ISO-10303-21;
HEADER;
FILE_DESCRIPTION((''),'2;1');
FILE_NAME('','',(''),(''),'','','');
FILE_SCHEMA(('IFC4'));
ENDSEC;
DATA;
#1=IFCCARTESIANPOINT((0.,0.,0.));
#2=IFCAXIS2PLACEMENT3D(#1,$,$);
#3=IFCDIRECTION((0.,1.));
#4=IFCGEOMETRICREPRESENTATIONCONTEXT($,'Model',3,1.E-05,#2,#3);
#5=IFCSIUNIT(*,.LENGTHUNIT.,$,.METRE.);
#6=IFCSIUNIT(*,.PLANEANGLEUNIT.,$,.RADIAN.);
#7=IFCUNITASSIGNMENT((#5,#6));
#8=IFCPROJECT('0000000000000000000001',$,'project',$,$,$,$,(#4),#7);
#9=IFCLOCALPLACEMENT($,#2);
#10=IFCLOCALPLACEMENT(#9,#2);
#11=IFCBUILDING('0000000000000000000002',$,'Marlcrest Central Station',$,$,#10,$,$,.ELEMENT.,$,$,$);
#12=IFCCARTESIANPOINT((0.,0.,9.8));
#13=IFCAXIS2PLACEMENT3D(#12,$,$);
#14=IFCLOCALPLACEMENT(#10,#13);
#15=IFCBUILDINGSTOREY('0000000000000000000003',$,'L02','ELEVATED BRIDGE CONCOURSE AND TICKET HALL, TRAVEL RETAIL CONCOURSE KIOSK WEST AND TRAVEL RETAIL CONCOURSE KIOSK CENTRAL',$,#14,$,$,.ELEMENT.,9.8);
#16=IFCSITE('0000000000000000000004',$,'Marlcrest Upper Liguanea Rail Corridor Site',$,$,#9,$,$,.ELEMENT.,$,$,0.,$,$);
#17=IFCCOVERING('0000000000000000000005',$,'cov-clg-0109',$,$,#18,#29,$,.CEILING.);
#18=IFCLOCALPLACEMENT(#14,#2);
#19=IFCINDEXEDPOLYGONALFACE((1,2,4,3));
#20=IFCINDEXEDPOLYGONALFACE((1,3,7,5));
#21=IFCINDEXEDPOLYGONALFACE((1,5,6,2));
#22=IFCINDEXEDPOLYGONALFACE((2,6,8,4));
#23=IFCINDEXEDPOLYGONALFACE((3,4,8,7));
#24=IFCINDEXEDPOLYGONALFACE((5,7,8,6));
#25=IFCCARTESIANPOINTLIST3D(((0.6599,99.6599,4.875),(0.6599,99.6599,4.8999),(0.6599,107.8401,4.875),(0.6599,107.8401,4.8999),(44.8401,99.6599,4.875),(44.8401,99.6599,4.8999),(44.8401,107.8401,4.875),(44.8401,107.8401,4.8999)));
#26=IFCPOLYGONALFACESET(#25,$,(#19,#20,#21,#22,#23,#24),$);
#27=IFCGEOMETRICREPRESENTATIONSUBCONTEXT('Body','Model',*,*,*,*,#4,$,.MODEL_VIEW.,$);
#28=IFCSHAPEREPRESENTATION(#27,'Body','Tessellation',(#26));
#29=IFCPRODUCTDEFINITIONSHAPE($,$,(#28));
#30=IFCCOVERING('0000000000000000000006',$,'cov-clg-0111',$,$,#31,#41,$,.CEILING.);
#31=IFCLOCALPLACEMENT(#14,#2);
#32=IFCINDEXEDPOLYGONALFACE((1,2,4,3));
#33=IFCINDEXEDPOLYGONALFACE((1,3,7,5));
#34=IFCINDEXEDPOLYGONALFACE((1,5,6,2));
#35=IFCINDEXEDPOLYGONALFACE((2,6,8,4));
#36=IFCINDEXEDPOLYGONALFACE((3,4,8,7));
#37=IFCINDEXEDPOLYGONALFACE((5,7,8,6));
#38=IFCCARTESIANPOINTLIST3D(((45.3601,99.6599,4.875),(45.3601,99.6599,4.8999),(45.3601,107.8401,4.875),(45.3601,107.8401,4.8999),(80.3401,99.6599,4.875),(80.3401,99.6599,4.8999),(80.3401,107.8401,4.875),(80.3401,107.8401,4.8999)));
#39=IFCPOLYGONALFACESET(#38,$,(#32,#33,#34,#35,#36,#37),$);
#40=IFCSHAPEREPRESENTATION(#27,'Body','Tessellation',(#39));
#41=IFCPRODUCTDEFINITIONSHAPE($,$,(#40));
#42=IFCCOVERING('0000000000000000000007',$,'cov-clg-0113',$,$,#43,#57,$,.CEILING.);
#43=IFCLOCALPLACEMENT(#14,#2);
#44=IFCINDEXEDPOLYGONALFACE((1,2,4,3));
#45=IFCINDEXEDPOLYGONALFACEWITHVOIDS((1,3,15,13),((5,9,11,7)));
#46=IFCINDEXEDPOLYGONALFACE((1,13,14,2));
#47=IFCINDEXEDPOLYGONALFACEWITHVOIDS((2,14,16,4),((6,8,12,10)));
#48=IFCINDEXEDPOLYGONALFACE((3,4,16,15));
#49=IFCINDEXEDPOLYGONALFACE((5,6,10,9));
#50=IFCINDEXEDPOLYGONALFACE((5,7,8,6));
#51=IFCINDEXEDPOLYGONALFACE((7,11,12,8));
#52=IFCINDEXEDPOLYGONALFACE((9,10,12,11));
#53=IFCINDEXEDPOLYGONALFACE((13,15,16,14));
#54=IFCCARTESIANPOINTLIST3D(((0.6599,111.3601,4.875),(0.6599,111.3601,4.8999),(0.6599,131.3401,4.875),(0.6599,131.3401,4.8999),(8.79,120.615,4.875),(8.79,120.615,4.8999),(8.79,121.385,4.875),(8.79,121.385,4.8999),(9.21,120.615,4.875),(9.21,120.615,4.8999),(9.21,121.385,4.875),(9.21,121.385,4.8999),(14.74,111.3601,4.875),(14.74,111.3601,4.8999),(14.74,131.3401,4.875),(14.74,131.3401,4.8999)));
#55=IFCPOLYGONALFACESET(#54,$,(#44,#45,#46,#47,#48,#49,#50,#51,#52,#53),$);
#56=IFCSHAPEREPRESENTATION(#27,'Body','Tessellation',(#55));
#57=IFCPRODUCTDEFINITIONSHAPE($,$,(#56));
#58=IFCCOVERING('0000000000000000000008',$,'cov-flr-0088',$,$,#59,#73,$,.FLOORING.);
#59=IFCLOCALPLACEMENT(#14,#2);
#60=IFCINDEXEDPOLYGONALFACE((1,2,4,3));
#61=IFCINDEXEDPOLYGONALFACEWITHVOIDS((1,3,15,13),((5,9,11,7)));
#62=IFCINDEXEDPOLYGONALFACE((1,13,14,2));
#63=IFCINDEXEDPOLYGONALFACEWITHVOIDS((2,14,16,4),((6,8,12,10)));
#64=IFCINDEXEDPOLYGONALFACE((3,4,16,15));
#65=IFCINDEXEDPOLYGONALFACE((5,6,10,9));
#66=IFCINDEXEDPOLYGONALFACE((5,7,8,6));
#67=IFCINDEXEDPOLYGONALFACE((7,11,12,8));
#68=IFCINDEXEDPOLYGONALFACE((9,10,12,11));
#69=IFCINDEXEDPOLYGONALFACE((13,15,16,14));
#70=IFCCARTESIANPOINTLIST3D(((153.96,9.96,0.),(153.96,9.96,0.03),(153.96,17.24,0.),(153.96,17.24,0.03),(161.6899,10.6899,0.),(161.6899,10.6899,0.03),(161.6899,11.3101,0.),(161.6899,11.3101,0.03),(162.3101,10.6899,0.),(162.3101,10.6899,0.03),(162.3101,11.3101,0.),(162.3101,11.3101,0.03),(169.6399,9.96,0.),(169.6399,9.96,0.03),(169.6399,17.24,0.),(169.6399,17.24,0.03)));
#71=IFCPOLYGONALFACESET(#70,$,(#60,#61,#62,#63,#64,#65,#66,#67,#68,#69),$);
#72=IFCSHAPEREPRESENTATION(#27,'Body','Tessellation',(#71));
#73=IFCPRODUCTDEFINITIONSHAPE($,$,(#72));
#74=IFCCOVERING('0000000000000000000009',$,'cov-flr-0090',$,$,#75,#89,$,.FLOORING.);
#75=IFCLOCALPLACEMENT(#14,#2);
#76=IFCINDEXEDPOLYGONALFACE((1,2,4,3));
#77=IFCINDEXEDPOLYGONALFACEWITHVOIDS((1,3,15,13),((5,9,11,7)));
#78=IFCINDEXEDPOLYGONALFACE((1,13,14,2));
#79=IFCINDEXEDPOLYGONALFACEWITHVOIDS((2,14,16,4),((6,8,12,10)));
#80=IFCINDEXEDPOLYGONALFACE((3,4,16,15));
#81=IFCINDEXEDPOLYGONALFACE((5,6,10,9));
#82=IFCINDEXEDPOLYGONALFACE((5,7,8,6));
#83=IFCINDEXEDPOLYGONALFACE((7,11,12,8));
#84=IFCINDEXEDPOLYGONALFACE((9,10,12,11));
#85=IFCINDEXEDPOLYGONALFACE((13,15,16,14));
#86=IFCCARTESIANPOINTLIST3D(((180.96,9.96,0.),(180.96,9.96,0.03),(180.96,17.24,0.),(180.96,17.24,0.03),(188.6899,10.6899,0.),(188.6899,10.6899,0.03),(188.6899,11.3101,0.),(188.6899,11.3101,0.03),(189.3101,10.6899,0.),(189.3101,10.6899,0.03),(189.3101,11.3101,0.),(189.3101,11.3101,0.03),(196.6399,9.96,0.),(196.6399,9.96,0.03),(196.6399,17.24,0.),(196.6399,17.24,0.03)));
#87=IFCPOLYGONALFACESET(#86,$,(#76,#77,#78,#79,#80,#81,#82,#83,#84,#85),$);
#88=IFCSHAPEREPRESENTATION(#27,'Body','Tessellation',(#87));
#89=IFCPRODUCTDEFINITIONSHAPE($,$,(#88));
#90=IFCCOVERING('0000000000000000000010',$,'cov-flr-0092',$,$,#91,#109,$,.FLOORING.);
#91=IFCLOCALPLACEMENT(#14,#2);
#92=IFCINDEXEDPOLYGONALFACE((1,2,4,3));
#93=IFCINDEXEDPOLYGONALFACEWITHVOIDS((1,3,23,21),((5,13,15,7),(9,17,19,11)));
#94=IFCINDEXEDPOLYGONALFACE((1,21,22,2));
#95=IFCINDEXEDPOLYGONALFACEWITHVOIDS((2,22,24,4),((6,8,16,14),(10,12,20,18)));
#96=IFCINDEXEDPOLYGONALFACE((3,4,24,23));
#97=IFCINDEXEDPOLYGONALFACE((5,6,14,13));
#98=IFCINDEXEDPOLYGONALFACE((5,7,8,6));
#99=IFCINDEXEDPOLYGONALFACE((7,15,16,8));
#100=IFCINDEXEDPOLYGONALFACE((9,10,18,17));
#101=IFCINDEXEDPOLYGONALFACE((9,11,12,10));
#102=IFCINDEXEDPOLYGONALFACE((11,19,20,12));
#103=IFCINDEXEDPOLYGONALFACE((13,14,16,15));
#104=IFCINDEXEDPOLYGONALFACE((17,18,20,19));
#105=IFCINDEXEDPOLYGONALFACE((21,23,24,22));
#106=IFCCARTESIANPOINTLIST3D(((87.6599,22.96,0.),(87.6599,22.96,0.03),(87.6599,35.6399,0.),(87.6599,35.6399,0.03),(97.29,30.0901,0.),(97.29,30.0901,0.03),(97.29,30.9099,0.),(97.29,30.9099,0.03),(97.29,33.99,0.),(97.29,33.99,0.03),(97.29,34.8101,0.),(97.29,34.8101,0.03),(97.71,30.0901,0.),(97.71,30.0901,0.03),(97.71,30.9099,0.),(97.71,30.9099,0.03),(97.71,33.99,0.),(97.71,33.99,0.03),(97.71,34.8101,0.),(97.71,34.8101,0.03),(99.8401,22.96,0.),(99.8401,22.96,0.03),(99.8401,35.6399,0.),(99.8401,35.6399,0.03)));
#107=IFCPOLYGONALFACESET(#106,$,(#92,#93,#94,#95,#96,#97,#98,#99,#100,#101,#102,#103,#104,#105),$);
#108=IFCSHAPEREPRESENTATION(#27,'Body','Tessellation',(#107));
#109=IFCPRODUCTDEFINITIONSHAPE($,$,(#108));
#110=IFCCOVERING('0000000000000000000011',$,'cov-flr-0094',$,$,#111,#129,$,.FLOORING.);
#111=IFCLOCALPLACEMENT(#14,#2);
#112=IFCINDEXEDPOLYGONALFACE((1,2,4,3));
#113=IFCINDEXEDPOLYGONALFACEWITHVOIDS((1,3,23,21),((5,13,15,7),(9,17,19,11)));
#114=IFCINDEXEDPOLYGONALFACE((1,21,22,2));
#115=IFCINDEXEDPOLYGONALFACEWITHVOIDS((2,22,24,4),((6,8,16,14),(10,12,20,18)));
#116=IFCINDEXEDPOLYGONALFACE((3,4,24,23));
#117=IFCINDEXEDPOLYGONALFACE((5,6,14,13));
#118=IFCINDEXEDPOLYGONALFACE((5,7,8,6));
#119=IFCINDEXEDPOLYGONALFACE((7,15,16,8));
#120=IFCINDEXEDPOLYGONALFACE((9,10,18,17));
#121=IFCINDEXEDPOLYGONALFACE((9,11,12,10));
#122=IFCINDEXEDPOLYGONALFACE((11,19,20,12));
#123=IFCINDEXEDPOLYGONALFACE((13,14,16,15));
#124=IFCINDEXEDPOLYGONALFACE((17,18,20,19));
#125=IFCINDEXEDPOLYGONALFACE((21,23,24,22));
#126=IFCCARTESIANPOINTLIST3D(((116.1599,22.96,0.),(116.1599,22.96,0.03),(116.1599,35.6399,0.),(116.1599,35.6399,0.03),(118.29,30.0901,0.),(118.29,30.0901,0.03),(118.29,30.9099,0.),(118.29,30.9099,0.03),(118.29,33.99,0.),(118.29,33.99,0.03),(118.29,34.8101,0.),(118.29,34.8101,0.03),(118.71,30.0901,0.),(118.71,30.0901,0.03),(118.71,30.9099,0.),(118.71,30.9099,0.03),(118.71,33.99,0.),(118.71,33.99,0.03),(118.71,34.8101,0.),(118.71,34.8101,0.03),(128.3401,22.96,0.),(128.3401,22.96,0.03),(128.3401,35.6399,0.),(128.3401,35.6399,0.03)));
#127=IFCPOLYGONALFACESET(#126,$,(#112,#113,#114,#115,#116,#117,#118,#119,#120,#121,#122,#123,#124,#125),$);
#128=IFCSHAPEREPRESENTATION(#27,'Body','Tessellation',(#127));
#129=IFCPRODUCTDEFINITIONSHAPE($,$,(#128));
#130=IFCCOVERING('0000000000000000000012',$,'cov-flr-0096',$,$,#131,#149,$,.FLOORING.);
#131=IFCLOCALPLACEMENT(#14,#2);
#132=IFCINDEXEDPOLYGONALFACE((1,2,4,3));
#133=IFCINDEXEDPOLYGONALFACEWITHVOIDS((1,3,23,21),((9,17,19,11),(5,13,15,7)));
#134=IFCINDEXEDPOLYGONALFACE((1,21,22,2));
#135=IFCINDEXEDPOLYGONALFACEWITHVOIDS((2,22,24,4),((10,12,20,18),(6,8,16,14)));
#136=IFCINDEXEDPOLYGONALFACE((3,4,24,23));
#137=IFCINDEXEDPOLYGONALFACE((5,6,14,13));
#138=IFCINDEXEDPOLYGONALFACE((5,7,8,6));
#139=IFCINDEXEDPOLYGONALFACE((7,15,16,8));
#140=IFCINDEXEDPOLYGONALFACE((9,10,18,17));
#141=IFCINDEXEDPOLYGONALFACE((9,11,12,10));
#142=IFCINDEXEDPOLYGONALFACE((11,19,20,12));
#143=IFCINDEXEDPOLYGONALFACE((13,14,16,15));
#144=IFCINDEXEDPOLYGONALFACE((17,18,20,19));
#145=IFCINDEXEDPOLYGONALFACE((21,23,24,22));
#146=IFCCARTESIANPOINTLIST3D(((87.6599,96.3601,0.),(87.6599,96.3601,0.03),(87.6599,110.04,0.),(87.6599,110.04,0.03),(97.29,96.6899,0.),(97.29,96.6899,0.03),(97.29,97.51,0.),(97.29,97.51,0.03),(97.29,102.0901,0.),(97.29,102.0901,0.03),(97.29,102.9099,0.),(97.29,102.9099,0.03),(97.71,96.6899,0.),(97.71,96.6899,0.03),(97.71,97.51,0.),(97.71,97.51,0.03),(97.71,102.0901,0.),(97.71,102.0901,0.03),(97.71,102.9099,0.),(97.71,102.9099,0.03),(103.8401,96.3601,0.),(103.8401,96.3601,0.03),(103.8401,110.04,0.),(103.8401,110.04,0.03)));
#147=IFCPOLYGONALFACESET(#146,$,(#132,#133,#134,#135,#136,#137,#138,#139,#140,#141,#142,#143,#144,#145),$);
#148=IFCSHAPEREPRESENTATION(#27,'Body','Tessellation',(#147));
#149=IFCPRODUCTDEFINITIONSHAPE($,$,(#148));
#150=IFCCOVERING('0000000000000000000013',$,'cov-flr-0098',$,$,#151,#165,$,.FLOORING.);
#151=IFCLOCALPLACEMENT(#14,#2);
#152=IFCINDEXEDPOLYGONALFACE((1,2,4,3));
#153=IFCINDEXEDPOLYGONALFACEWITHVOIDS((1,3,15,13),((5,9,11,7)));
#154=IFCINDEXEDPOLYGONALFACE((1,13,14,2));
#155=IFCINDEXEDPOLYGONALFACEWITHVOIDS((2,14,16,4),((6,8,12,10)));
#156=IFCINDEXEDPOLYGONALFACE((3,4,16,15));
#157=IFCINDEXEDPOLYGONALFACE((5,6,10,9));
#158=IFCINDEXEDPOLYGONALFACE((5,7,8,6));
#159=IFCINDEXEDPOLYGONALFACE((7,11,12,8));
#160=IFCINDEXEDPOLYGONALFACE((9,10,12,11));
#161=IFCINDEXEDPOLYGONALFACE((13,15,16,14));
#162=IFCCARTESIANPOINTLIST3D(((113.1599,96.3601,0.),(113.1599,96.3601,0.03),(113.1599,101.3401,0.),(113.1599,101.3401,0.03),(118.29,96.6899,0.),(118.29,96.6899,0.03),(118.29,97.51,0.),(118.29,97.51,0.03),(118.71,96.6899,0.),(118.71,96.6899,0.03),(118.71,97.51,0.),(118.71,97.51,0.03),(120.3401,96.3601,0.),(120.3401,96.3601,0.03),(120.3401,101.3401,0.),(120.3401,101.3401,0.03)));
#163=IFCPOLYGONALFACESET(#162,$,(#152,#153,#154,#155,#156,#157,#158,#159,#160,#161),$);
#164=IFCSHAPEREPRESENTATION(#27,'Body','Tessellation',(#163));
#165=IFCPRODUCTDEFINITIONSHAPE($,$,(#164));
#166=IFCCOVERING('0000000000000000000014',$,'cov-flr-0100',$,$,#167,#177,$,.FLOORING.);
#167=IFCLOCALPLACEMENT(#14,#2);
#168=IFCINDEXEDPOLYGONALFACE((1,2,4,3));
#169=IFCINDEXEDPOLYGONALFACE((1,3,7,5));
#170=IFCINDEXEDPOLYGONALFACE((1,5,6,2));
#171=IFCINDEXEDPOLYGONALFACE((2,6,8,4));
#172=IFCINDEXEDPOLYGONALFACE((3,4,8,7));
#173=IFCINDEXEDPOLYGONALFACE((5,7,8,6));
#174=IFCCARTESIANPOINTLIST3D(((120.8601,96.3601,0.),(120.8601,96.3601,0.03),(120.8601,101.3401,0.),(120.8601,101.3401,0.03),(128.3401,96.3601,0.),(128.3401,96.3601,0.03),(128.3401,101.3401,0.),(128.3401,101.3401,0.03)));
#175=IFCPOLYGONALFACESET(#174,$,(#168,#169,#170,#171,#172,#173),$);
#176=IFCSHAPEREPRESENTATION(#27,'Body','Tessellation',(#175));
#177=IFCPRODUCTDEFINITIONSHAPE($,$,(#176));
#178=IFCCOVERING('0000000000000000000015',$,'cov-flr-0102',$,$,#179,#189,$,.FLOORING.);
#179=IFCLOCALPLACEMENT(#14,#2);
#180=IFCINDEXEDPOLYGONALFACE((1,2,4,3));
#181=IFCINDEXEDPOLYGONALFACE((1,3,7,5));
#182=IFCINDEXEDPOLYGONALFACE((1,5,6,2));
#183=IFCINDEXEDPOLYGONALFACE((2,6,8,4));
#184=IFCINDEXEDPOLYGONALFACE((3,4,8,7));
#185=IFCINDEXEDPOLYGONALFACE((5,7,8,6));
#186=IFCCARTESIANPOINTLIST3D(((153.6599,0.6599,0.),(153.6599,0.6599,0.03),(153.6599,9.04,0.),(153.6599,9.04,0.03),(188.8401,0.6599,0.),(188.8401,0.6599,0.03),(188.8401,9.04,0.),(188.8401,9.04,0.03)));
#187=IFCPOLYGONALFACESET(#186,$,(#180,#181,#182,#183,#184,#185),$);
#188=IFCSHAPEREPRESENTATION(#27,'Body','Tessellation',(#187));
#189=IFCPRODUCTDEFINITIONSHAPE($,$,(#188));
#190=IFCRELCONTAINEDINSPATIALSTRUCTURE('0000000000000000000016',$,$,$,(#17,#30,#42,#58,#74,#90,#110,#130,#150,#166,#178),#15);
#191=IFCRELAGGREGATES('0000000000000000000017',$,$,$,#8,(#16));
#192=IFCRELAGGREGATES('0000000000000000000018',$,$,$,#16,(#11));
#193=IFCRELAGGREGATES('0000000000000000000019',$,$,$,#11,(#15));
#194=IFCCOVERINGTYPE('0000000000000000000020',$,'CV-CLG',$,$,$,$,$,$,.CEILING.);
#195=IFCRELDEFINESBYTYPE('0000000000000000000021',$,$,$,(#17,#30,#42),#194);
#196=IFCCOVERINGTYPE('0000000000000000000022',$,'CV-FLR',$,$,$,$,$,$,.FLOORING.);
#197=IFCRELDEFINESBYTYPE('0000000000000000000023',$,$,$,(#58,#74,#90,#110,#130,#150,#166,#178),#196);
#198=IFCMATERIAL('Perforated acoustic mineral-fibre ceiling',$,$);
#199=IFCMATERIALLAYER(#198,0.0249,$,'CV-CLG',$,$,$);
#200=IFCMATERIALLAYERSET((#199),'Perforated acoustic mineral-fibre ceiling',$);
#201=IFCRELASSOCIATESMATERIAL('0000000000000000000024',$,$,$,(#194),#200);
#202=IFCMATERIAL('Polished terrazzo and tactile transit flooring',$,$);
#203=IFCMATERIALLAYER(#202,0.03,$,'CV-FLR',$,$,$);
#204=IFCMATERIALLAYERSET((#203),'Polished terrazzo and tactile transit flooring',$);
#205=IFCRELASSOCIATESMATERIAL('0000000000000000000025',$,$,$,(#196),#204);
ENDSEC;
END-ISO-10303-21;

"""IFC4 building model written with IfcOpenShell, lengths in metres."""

from ifc_helpers import new_model, si_unit, direction, frame, origin, place, context, subcontext, project, spatial, polyline, outline, extrude, material, layer, layer_set, type_object, element, save


model = new_model("IFC4")

# Units and contexts
model_context = context("Model", 3, precision=1e-05, world=origin(), true_north=direction((0.0, 1.0)))
body_context = subcontext(model_context, "Body", "Model", "MODEL_VIEW")
ifc_project = project(units=[si_unit("LENGTHUNIT", "METRE"), si_unit("PLANEANGLEUNIT", "RADIAN")], contexts=[model_context])

# Site, building, storey
site_placement = place(None, origin())
site = spatial("IfcSite", under=ifc_project, at=site_placement, Name="Marlcrest Upper Liguanea Rail Corridor Site", CompositionType="ELEMENT", RefElevation=0.0)
building_placement = place(site_placement, origin())
building = spatial("IfcBuilding", under=site, at=building_placement, Name="Marlcrest Central Station", CompositionType="ELEMENT")
storey_placement = place(building_placement, frame((0.0, 0.0, 9.8)))
storey = spatial("IfcBuildingStorey", under=building, at=storey_placement, Name="L02", Description="ELEVATED BRIDGE CONCOURSE AND TICKET HALL, TRAVEL RETAIL CONCOURSE KIOSK WEST AND TRAVEL RETAIL CONCOURSE KIOSK CENTRAL", CompositionType="ELEMENT", Elevation=9.8)

# Coverings
ifc_material_1 = material(Name="Perforated acoustic mineral-fibre ceiling")
ifc_layer_1 = layer(ifc_material_1, 0.0249, Name="CV-CLG")
ifc_layer_set_1 = layer_set([ifc_layer_1], Name="Perforated acoustic mineral-fibre ceiling")
covering_type_1 = type_object("IfcCoveringType", Name="CV-CLG", PredefinedType="CEILING", material=ifc_layer_set_1)
covering_1_placement = place(storey_placement, frame((0.0, 0.0, 4.875)))
element("IfcCovering", 1, at=covering_1_placement, inside=storey, type_object=covering_type_1, Name="cov-clg-0109", PredefinedType="CEILING", context=body_context, shape_type="SweptSolid", body=[
    extrude(outline(polyline([(44.8401, 99.6599), (44.8401, 107.8401), (0.6599, 107.8401), (0.6599, 99.6599), (44.8401, 99.6599)])), origin(), (0.0, 0.0, 1.0), 0.0249),
])
covering_2_placement = place(storey_placement, frame((0.0, 0.0, 4.875)))
element("IfcCovering", 2, at=covering_2_placement, inside=storey, type_object=covering_type_1, Name="cov-clg-0111", PredefinedType="CEILING", context=body_context, shape_type="SweptSolid", body=[
    extrude(outline(polyline([(80.3401, 99.6599), (80.3401, 107.8401), (45.3601, 107.8401), (45.3601, 99.6599), (80.3401, 99.6599)])), origin(), (0.0, 0.0, 1.0), 0.0249),
])
covering_3_placement = place(storey_placement, frame((0.0, 0.0, 4.875)))
element("IfcCovering", 3, at=covering_3_placement, inside=storey, type_object=covering_type_1, Name="cov-clg-0113", PredefinedType="CEILING", context=body_context, shape_type="SweptSolid", body=[
    extrude(outline(polyline([(0.6599, 111.3601), (0.6599, 131.3401), (14.74, 131.3401), (14.74, 111.3601), (0.6599, 111.3601)]), holes=[polyline([(9.21, 121.385), (8.79, 121.385), (8.79, 120.615), (9.21, 120.615), (9.21, 121.385)])]), origin(), (0.0, 0.0, 1.0), 0.0249),
])
ifc_material_2 = material(Name="Polished terrazzo and tactile transit flooring")
ifc_layer_2 = layer(ifc_material_2, 0.03, Name="CV-FLR")
ifc_layer_set_2 = layer_set([ifc_layer_2], Name="Polished terrazzo and tactile transit flooring")
covering_type_2 = type_object("IfcCoveringType", Name="CV-FLR", PredefinedType="FLOORING", material=ifc_layer_set_2)
covering_4_placement = place(storey_placement, origin())
element("IfcCovering", 4, at=covering_4_placement, inside=storey, type_object=covering_type_2, Name="cov-flr-0088", PredefinedType="FLOORING", context=body_context, shape_type="SweptSolid", body=[
    extrude(outline(polyline([(153.96, 9.96), (153.96, 17.24), (169.6399, 17.24), (169.6399, 9.96), (153.96, 9.96)]), holes=[polyline([(162.3101, 11.3101), (161.6899, 11.3101), (161.6899, 10.6899), (162.3101, 10.6899), (162.3101, 11.3101)])]), origin(), (0.0, 0.0, 1.0), 0.03),
])
covering_5_placement = place(storey_placement, origin())
element("IfcCovering", 5, at=covering_5_placement, inside=storey, type_object=covering_type_2, Name="cov-flr-0090", PredefinedType="FLOORING", context=body_context, shape_type="SweptSolid", body=[
    extrude(outline(polyline([(180.96, 9.96), (180.96, 17.24), (196.6399, 17.24), (196.6399, 9.96), (180.96, 9.96)]), holes=[polyline([(189.3101, 11.3101), (188.6899, 11.3101), (188.6899, 10.6899), (189.3101, 10.6899), (189.3101, 11.3101)])]), origin(), (0.0, 0.0, 1.0), 0.03),
])
covering_6_placement = place(storey_placement, origin())
element("IfcCovering", 6, at=covering_6_placement, inside=storey, type_object=covering_type_2, Name="cov-flr-0092", PredefinedType="FLOORING", context=body_context, shape_type="SweptSolid", body=[
    extrude(outline(polyline([(87.6599, 35.6399), (99.8401, 35.6399), (99.8401, 22.96), (87.6599, 22.96), (87.6599, 35.6399)]), holes=[polyline([(97.29, 30.9099), (97.29, 30.0901), (97.71, 30.0901), (97.71, 30.9099), (97.29, 30.9099)]), polyline([(97.71, 34.8101), (97.29, 34.8101), (97.29, 33.99), (97.71, 33.99), (97.71, 34.8101)])]), origin(), (0.0, 0.0, 1.0), 0.03),
])
covering_7_placement = place(storey_placement, origin())
element("IfcCovering", 7, at=covering_7_placement, inside=storey, type_object=covering_type_2, Name="cov-flr-0094", PredefinedType="FLOORING", context=body_context, shape_type="SweptSolid", body=[
    extrude(outline(polyline([(116.1599, 35.6399), (128.3401, 35.6399), (128.3401, 22.96), (116.1599, 22.96), (116.1599, 35.6399)]), holes=[polyline([(118.29, 30.9099), (118.29, 30.0901), (118.71, 30.0901), (118.71, 30.9099), (118.29, 30.9099)]), polyline([(118.71, 34.8101), (118.29, 34.8101), (118.29, 33.99), (118.71, 33.99), (118.71, 34.8101)])]), origin(), (0.0, 0.0, 1.0), 0.03),
])
covering_8_placement = place(storey_placement, origin())
element("IfcCovering", 8, at=covering_8_placement, inside=storey, type_object=covering_type_2, Name="cov-flr-0096", PredefinedType="FLOORING", context=body_context, shape_type="SweptSolid", body=[
    extrude(outline(polyline([(87.6599, 110.04), (103.8401, 110.04), (103.8401, 96.3601), (87.6599, 96.3601), (87.6599, 110.04)]), holes=[polyline([(97.29, 102.9099), (97.29, 102.0901), (97.71, 102.0901), (97.71, 102.9099), (97.29, 102.9099)]), polyline([(97.71, 97.51), (97.29, 97.51), (97.29, 96.6899), (97.71, 96.6899), (97.71, 97.51)])]), origin(), (0.0, 0.0, 1.0), 0.03),
])
covering_9_placement = place(storey_placement, origin())
element("IfcCovering", 9, at=covering_9_placement, inside=storey, type_object=covering_type_2, Name="cov-flr-0098", PredefinedType="FLOORING", context=body_context, shape_type="SweptSolid", body=[
    extrude(outline(polyline([(113.1599, 96.3601), (113.1599, 101.3401), (120.3401, 101.3401), (120.3401, 96.3601), (113.1599, 96.3601)]), holes=[polyline([(118.71, 97.51), (118.29, 97.51), (118.29, 96.6899), (118.71, 96.6899), (118.71, 97.51)])]), origin(), (0.0, 0.0, 1.0), 0.03),
])
covering_10_placement = place(storey_placement, origin())
element("IfcCovering", 10, at=covering_10_placement, inside=storey, type_object=covering_type_2, Name="cov-flr-0100", PredefinedType="FLOORING", context=body_context, shape_type="SweptSolid", body=[
    extrude(outline(polyline([(128.3401, 96.3601), (128.3401, 101.3401), (120.8601, 101.3401), (120.8601, 96.3601), (128.3401, 96.3601)])), origin(), (0.0, 0.0, 1.0), 0.03),
])
covering_11_placement = place(storey_placement, origin())
element("IfcCovering", 11, at=covering_11_placement, inside=storey, type_object=covering_type_2, Name="cov-flr-0102", PredefinedType="FLOORING", context=body_context, shape_type="SweptSolid", body=[
    extrude(outline(polyline([(188.8401, 0.6599), (188.8401, 9.04), (153.6599, 9.04), (153.6599, 0.6599), (188.8401, 0.6599)])), origin(), (0.0, 0.0, 1.0), 0.03),
])

save(model, "model.ifc")
